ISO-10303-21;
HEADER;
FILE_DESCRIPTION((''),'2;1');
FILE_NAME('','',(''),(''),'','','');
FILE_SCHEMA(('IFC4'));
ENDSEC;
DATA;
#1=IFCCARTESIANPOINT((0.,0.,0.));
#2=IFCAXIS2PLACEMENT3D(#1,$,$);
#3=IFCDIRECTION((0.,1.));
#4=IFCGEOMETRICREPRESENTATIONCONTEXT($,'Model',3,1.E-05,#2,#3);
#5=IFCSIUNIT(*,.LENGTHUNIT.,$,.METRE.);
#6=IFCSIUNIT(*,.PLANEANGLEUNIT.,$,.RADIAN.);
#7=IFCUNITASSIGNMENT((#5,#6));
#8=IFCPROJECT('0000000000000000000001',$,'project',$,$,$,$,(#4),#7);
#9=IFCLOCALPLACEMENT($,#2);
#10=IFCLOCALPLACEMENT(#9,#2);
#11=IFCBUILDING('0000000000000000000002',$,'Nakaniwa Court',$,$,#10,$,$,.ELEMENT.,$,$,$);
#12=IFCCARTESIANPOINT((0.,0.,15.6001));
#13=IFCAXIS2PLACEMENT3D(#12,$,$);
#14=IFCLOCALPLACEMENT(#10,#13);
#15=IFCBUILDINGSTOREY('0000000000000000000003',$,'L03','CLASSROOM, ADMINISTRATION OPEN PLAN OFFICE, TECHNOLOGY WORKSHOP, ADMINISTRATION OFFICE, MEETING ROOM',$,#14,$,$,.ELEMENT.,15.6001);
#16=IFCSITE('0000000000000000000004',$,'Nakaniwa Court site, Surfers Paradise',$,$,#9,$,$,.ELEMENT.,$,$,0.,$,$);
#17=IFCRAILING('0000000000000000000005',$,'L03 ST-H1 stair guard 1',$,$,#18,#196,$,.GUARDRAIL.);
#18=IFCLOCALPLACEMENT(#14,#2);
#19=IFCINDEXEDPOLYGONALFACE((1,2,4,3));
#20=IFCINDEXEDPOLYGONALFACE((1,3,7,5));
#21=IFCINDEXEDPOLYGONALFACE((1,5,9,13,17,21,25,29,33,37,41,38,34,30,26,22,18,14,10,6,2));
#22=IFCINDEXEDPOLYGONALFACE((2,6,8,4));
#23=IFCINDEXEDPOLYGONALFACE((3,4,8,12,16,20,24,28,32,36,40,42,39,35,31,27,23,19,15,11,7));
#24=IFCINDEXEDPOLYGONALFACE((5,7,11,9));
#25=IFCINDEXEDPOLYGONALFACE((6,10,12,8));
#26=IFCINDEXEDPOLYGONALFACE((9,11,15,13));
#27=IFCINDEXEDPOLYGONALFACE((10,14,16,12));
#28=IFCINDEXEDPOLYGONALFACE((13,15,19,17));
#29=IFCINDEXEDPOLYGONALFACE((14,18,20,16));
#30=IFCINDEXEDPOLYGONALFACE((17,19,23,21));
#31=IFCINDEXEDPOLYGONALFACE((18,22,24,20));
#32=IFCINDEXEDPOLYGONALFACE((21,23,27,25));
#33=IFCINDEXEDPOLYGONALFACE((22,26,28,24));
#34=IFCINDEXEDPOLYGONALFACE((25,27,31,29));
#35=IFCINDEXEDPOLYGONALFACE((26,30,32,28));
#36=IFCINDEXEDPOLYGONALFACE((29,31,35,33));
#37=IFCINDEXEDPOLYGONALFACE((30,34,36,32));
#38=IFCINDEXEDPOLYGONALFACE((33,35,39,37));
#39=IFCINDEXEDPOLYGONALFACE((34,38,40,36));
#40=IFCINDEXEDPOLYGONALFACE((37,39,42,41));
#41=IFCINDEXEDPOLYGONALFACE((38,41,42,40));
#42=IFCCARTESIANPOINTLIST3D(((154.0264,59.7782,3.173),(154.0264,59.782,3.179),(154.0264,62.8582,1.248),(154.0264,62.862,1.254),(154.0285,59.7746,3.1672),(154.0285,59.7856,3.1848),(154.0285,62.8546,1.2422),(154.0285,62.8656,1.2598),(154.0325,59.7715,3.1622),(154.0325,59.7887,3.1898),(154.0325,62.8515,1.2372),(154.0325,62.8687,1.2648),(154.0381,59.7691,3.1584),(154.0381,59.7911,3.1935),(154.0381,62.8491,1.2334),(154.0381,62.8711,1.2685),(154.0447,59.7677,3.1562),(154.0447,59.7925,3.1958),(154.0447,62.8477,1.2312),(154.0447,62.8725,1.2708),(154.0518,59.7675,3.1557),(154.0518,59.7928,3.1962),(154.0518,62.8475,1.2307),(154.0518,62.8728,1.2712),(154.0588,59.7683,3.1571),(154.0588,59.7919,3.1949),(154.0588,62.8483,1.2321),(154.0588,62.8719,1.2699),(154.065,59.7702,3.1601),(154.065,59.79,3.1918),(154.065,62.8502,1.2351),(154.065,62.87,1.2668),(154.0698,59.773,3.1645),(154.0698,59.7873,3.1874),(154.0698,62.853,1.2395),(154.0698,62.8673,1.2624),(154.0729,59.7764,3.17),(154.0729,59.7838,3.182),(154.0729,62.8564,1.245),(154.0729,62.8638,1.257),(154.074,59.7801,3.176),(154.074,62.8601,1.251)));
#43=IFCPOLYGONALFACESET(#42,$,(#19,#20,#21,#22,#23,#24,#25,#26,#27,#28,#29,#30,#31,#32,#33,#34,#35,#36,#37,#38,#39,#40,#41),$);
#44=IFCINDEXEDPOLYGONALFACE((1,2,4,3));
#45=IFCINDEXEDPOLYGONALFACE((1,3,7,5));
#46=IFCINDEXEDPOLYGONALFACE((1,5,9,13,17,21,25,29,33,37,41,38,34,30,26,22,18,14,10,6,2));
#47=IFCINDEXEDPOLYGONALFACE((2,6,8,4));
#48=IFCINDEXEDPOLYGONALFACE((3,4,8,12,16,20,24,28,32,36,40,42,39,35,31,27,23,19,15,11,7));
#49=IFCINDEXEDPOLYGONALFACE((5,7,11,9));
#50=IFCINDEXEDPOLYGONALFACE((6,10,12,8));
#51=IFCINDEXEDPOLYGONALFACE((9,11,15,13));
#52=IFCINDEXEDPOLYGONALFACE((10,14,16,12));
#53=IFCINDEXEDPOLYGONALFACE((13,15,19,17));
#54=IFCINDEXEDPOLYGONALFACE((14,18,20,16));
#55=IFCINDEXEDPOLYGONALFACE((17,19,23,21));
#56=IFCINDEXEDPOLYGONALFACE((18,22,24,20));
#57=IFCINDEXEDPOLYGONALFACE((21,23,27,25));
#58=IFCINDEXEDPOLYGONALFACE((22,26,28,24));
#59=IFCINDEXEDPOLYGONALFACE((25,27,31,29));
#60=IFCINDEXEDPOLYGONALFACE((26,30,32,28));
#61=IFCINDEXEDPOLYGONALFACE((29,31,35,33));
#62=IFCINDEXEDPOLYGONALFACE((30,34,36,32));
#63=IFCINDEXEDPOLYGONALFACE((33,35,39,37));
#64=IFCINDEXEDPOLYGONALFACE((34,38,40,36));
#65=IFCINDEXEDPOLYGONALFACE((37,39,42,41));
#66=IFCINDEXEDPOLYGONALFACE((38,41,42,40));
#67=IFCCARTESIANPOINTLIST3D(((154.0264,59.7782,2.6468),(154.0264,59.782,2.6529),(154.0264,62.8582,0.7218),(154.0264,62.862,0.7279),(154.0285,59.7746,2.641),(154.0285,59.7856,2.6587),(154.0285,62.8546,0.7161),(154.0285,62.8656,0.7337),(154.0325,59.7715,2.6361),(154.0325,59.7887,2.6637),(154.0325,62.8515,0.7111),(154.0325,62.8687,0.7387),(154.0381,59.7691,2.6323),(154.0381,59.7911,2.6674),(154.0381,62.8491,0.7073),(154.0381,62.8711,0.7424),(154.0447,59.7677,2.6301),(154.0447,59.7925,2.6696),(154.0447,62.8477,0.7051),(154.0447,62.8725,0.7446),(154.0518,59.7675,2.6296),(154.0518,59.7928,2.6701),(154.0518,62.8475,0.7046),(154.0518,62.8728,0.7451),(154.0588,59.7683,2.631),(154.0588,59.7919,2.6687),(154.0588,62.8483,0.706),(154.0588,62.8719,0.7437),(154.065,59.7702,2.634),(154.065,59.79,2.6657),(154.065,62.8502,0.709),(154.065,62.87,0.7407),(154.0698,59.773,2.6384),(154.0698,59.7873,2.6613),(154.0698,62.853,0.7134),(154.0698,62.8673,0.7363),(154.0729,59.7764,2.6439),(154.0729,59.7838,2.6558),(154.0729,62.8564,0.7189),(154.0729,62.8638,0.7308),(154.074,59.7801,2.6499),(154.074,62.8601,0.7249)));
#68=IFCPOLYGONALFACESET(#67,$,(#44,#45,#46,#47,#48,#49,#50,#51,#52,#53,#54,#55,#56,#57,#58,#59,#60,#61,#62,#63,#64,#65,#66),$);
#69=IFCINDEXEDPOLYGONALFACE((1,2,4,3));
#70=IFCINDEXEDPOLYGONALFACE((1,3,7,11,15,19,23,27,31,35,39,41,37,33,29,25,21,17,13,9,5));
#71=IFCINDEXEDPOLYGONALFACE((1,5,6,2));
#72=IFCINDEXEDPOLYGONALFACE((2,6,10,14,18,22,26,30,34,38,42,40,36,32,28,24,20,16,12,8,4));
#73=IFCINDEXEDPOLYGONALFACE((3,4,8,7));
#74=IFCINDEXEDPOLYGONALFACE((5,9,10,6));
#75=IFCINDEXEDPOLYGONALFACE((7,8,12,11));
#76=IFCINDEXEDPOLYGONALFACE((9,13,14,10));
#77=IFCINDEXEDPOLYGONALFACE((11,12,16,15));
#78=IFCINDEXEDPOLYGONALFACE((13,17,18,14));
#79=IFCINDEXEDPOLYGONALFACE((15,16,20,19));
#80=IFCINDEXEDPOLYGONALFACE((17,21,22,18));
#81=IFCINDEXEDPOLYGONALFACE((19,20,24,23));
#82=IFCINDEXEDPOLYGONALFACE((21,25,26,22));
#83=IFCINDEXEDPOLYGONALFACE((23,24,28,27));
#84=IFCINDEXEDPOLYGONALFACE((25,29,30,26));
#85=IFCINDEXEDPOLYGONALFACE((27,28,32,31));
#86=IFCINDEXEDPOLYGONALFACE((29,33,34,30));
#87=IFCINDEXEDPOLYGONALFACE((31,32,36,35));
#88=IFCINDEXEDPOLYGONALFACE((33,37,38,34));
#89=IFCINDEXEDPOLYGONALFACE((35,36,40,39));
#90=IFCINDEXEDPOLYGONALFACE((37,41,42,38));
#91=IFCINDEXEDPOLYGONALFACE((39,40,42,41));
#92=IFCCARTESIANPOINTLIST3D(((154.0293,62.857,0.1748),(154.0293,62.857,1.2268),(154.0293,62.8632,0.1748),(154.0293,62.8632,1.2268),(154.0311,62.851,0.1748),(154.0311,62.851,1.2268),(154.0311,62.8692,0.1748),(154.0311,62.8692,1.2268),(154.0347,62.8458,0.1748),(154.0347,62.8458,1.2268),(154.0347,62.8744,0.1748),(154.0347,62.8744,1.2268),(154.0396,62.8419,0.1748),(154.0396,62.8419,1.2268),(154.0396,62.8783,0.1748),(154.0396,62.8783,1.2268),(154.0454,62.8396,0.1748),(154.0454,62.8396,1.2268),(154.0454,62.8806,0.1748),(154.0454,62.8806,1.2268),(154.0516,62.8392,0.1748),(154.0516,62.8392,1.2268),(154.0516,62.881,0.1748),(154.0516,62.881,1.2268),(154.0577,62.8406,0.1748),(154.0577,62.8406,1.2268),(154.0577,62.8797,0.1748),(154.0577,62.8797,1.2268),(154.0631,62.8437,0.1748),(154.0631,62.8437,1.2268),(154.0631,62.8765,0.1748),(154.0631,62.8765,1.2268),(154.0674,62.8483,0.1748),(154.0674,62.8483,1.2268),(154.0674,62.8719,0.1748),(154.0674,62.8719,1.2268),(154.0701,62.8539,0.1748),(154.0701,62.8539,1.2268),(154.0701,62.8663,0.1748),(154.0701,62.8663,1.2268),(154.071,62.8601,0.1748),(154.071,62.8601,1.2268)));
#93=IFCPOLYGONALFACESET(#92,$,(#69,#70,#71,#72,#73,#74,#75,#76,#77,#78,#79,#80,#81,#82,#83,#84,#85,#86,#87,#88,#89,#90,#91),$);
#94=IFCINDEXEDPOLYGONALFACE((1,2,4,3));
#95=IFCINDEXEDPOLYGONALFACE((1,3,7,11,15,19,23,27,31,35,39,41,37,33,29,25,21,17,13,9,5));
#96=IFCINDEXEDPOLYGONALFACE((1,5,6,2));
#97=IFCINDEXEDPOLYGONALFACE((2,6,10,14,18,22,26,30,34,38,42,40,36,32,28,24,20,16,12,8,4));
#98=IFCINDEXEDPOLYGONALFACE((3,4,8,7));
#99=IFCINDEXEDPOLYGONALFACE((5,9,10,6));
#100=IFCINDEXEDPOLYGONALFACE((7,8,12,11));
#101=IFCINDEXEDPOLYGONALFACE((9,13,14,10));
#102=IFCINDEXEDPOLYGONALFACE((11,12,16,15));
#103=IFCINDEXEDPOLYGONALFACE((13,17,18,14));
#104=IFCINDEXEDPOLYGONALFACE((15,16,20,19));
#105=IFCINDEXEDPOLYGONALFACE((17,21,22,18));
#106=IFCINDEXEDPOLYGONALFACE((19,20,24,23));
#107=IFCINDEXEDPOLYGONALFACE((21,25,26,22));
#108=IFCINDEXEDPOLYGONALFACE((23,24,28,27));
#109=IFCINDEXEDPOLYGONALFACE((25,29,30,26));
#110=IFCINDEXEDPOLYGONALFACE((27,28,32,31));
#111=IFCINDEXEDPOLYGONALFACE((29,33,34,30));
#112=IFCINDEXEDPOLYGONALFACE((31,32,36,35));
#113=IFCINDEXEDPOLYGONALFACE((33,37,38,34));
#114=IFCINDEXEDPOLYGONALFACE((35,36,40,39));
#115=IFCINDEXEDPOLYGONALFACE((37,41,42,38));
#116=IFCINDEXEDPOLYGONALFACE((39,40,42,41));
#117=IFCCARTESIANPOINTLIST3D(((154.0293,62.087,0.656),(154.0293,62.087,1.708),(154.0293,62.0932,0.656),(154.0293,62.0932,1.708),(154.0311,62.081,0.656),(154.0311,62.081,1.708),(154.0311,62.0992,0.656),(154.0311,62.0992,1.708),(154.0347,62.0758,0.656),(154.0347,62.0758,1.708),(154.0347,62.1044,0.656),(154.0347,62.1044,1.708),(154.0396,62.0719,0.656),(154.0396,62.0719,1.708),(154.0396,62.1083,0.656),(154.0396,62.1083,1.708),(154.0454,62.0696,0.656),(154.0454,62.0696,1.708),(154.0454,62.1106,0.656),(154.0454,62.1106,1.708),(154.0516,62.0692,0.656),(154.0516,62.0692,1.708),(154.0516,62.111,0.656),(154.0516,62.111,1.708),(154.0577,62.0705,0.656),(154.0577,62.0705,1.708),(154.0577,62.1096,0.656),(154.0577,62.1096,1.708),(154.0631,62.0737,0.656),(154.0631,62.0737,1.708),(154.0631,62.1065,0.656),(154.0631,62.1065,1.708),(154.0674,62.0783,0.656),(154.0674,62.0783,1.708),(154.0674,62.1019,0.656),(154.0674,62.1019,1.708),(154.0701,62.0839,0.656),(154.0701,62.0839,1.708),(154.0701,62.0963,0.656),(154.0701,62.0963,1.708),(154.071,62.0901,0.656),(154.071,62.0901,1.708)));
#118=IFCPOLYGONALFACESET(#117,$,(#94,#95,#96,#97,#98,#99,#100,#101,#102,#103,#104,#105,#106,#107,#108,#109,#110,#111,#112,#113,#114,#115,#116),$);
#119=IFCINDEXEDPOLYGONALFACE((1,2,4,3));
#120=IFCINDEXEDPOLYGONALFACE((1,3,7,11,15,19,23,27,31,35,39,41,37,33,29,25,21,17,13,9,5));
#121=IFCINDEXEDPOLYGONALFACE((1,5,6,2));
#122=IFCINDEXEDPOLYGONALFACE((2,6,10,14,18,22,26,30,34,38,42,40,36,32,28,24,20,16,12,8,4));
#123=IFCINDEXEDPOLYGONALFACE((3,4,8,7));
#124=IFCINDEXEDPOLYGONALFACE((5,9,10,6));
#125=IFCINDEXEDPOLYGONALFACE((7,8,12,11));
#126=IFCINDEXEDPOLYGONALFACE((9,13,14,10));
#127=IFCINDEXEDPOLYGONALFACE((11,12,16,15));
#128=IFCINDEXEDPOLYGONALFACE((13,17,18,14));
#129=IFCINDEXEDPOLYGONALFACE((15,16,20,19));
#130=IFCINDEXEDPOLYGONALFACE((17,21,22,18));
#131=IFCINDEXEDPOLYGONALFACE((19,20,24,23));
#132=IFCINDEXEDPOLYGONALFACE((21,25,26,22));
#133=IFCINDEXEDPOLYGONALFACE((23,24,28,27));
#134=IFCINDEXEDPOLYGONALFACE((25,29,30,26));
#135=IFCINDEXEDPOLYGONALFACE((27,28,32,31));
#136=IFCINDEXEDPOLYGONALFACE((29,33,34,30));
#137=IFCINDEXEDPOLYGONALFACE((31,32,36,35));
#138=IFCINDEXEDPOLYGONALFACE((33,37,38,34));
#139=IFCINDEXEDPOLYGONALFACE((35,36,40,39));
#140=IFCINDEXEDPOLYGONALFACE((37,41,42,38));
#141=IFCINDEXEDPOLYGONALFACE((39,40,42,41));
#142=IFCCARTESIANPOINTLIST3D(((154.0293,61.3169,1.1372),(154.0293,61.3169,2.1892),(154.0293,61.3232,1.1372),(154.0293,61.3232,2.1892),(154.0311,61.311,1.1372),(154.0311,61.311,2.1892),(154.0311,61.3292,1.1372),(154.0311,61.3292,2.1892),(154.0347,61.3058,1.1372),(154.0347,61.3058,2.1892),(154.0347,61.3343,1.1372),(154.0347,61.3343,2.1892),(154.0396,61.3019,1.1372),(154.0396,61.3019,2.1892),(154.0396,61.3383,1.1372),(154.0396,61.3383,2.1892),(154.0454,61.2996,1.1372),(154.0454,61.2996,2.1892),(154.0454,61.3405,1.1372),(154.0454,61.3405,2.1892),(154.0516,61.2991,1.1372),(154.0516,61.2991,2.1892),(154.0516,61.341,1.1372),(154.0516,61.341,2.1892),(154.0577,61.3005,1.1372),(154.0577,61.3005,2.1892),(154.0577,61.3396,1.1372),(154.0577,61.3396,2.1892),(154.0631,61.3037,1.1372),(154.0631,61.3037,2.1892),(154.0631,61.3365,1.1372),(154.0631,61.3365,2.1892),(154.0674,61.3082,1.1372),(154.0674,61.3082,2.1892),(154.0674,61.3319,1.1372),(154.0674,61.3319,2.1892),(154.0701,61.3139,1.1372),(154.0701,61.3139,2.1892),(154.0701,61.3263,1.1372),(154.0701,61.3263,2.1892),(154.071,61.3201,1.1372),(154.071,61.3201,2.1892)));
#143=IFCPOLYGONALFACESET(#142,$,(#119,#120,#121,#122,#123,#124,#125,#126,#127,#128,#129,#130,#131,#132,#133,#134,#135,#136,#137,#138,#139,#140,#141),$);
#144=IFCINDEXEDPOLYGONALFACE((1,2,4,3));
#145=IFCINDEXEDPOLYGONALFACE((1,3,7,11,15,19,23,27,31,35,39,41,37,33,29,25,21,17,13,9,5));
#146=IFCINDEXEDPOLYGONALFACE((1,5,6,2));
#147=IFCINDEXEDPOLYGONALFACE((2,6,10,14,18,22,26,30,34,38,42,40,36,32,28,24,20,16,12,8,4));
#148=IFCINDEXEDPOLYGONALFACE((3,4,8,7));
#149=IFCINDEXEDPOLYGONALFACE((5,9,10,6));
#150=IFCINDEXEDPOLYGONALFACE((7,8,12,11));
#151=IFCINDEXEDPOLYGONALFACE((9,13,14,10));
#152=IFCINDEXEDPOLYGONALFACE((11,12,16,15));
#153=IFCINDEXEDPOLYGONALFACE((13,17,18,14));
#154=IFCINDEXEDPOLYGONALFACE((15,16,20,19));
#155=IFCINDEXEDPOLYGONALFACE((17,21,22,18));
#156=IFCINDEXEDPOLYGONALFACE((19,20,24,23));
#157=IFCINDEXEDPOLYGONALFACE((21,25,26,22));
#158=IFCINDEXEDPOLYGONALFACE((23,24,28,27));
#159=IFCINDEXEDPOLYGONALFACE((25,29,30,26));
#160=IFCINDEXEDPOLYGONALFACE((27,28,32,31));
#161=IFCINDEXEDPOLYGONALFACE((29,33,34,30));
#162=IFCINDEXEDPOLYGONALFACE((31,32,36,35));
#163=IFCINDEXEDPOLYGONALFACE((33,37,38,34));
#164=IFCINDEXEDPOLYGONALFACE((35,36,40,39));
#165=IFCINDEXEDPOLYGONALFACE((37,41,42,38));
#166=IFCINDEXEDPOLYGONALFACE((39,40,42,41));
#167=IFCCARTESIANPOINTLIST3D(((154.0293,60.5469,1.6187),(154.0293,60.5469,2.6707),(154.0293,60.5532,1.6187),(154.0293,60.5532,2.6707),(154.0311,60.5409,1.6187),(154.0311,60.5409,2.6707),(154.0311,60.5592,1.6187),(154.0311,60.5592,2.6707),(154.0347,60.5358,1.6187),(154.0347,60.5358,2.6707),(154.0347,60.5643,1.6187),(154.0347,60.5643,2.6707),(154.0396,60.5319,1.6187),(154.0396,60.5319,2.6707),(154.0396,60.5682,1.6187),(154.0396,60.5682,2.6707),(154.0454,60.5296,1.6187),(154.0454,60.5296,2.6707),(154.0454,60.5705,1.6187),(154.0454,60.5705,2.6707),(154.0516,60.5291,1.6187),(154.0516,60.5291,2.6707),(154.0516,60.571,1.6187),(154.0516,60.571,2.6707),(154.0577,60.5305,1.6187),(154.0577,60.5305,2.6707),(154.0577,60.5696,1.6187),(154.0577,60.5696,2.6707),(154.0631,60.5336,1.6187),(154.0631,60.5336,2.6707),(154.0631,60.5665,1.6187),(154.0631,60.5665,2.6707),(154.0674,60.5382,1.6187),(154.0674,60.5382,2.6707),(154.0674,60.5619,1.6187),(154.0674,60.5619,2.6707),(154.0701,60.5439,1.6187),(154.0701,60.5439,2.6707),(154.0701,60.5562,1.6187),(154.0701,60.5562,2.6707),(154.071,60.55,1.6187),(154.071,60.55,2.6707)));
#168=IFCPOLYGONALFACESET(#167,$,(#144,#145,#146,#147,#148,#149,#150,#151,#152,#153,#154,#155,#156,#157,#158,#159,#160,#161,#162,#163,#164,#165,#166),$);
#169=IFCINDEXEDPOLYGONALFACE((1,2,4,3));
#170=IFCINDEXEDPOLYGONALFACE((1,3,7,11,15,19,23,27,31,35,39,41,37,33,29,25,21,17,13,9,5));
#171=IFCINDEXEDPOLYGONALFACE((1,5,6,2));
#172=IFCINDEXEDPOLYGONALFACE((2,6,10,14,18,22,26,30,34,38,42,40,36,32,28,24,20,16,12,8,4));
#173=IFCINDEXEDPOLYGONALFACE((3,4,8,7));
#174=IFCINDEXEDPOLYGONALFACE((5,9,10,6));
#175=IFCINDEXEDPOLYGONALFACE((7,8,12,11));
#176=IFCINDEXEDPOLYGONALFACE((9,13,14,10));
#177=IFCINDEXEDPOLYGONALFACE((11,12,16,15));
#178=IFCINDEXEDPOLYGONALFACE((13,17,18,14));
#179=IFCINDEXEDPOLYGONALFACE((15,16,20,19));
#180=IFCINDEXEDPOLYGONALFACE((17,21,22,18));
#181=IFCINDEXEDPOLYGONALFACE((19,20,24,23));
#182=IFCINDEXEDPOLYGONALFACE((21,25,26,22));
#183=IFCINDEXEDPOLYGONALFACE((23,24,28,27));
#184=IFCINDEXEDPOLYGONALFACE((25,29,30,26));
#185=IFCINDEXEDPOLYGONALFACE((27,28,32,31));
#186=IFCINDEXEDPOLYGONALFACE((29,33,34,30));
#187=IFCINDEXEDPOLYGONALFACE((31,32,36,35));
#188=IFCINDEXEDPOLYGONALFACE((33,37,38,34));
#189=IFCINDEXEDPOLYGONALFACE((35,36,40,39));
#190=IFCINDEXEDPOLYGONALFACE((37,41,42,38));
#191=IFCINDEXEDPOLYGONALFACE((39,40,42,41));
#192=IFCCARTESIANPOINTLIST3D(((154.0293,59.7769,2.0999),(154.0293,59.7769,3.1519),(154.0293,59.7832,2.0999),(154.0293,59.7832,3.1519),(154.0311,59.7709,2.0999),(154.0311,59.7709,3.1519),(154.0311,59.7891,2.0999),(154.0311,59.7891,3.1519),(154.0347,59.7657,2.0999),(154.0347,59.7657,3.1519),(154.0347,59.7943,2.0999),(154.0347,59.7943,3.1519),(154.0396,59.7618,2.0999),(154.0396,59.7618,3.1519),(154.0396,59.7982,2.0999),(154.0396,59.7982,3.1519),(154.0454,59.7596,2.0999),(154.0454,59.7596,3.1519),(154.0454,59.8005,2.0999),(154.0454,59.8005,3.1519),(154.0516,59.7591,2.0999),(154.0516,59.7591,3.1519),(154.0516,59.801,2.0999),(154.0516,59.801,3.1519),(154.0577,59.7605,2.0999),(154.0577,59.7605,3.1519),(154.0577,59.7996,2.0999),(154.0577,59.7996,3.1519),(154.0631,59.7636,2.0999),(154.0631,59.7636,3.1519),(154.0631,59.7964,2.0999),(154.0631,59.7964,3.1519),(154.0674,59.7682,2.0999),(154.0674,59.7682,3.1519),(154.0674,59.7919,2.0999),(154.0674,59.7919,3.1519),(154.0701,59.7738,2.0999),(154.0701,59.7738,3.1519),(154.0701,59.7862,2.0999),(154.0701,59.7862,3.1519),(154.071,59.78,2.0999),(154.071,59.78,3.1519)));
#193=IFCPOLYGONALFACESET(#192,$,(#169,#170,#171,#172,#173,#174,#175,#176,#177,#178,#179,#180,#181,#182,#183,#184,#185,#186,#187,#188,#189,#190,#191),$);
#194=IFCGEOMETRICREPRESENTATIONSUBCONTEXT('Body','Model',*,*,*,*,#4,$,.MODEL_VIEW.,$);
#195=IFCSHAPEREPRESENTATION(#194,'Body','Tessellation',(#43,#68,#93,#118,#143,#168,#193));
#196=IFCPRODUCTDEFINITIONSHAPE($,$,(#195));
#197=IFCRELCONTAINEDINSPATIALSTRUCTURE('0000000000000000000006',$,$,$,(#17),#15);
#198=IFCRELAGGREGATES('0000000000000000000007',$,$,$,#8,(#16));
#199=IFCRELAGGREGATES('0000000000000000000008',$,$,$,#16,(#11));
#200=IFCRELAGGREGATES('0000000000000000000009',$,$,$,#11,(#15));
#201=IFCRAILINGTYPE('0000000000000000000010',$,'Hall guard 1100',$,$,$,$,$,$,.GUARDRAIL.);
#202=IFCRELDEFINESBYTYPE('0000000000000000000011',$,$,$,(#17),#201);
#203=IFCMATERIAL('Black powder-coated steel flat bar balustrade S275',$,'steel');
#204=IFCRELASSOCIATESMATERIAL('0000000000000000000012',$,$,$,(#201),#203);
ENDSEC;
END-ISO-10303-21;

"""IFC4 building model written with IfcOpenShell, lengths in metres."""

from ifc_helpers import new_model, si_unit, direction, frame, origin, origin_2d, place, context, subcontext, project, spatial, circle, extrude, material, type_object, element, save


model = new_model("IFC4")

# Units and contexts
model_context = context("Model", 3, precision=1e-05, world=origin(), true_north=direction((0.0, 1.0)))
body_context = subcontext(model_context, "Body", "Model", "MODEL_VIEW")
ifc_project = project(units=[si_unit("LENGTHUNIT", "METRE"), si_unit("PLANEANGLEUNIT", "RADIAN")], contexts=[model_context])

# Site, building, storey
site_placement = place(None, origin())
site = spatial("IfcSite", under=ifc_project, at=site_placement, Name="Nakaniwa Court site, Surfers Paradise", CompositionType="ELEMENT", RefElevation=0.0)
building_placement = place(site_placement, origin())
building = spatial("IfcBuilding", under=site, at=building_placement, Name="Nakaniwa Court", CompositionType="ELEMENT")
storey_placement = place(building_placement, frame((0.0, 0.0, 15.6001)))
storey = spatial("IfcBuildingStorey", under=building, at=storey_placement, Name="L03", Description="CLASSROOM, ADMINISTRATION OPEN PLAN OFFICE, TECHNOLOGY WORKSHOP, ADMINISTRATION OFFICE, MEETING ROOM", CompositionType="ELEMENT", Elevation=15.6001)

# Railing
ifc_material_1 = material(Name="Black powder-coated steel flat bar balustrade S275", Category="steel")
railing_type_1 = type_object("IfcRailingType", Name="Hall guard 1100", PredefinedType="GUARDRAIL", material=ifc_material_1)
railing_1_placement = place(storey_placement, frame((154.05, 62.8601, 0.1748)))
element("IfcRailing", 1, at=railing_1_placement, inside=storey, type_object=railing_type_1, Name="L03 ST-H1 stair guard 1", PredefinedType="GUARDRAIL", context=body_context, shape_type="SweptSolid", body=[
    extrude(circle(Radius=0.0239, at=origin_2d()), frame((0.0, 0.0, 1.0762), z_axis=(0.0, -0.847998, 0.529999), x_axis=(1.0, 0.0, 0.0)), (0.0, 0.0, 1.0), 3.6321),
    extrude(circle(Radius=0.0239, at=origin_2d()), frame((0.0, 0.0, 0.55), z_axis=(0.0, -0.847998, 0.529999), x_axis=(1.0, 0.0, 0.0)), (0.0, 0.0, 1.0), 3.6321),
    extrude(circle(Radius=0.021, at=origin_2d()), origin(), (0.0, 0.0, 1.0), 1.052),
    extrude(circle(Radius=0.021, at=origin_2d()), frame((0.0, -0.77, 0.4812)), (0.0, 0.0, 1.0), 1.052),
    extrude(circle(Radius=0.021, at=origin_2d()), frame((0.0, -1.54, 0.9624)), (0.0, 0.0, 1.0), 1.052),
    extrude(circle(Radius=0.021, at=origin_2d()), frame((0.0, -2.3101, 1.4438)), (0.0, 0.0, 1.0), 1.052),
    extrude(circle(Radius=0.021, at=origin_2d()), frame((0.0, -3.0801, 1.925)), (0.0, 0.0, 1.0), 1.052),
])

save(model, "model.ifc")
